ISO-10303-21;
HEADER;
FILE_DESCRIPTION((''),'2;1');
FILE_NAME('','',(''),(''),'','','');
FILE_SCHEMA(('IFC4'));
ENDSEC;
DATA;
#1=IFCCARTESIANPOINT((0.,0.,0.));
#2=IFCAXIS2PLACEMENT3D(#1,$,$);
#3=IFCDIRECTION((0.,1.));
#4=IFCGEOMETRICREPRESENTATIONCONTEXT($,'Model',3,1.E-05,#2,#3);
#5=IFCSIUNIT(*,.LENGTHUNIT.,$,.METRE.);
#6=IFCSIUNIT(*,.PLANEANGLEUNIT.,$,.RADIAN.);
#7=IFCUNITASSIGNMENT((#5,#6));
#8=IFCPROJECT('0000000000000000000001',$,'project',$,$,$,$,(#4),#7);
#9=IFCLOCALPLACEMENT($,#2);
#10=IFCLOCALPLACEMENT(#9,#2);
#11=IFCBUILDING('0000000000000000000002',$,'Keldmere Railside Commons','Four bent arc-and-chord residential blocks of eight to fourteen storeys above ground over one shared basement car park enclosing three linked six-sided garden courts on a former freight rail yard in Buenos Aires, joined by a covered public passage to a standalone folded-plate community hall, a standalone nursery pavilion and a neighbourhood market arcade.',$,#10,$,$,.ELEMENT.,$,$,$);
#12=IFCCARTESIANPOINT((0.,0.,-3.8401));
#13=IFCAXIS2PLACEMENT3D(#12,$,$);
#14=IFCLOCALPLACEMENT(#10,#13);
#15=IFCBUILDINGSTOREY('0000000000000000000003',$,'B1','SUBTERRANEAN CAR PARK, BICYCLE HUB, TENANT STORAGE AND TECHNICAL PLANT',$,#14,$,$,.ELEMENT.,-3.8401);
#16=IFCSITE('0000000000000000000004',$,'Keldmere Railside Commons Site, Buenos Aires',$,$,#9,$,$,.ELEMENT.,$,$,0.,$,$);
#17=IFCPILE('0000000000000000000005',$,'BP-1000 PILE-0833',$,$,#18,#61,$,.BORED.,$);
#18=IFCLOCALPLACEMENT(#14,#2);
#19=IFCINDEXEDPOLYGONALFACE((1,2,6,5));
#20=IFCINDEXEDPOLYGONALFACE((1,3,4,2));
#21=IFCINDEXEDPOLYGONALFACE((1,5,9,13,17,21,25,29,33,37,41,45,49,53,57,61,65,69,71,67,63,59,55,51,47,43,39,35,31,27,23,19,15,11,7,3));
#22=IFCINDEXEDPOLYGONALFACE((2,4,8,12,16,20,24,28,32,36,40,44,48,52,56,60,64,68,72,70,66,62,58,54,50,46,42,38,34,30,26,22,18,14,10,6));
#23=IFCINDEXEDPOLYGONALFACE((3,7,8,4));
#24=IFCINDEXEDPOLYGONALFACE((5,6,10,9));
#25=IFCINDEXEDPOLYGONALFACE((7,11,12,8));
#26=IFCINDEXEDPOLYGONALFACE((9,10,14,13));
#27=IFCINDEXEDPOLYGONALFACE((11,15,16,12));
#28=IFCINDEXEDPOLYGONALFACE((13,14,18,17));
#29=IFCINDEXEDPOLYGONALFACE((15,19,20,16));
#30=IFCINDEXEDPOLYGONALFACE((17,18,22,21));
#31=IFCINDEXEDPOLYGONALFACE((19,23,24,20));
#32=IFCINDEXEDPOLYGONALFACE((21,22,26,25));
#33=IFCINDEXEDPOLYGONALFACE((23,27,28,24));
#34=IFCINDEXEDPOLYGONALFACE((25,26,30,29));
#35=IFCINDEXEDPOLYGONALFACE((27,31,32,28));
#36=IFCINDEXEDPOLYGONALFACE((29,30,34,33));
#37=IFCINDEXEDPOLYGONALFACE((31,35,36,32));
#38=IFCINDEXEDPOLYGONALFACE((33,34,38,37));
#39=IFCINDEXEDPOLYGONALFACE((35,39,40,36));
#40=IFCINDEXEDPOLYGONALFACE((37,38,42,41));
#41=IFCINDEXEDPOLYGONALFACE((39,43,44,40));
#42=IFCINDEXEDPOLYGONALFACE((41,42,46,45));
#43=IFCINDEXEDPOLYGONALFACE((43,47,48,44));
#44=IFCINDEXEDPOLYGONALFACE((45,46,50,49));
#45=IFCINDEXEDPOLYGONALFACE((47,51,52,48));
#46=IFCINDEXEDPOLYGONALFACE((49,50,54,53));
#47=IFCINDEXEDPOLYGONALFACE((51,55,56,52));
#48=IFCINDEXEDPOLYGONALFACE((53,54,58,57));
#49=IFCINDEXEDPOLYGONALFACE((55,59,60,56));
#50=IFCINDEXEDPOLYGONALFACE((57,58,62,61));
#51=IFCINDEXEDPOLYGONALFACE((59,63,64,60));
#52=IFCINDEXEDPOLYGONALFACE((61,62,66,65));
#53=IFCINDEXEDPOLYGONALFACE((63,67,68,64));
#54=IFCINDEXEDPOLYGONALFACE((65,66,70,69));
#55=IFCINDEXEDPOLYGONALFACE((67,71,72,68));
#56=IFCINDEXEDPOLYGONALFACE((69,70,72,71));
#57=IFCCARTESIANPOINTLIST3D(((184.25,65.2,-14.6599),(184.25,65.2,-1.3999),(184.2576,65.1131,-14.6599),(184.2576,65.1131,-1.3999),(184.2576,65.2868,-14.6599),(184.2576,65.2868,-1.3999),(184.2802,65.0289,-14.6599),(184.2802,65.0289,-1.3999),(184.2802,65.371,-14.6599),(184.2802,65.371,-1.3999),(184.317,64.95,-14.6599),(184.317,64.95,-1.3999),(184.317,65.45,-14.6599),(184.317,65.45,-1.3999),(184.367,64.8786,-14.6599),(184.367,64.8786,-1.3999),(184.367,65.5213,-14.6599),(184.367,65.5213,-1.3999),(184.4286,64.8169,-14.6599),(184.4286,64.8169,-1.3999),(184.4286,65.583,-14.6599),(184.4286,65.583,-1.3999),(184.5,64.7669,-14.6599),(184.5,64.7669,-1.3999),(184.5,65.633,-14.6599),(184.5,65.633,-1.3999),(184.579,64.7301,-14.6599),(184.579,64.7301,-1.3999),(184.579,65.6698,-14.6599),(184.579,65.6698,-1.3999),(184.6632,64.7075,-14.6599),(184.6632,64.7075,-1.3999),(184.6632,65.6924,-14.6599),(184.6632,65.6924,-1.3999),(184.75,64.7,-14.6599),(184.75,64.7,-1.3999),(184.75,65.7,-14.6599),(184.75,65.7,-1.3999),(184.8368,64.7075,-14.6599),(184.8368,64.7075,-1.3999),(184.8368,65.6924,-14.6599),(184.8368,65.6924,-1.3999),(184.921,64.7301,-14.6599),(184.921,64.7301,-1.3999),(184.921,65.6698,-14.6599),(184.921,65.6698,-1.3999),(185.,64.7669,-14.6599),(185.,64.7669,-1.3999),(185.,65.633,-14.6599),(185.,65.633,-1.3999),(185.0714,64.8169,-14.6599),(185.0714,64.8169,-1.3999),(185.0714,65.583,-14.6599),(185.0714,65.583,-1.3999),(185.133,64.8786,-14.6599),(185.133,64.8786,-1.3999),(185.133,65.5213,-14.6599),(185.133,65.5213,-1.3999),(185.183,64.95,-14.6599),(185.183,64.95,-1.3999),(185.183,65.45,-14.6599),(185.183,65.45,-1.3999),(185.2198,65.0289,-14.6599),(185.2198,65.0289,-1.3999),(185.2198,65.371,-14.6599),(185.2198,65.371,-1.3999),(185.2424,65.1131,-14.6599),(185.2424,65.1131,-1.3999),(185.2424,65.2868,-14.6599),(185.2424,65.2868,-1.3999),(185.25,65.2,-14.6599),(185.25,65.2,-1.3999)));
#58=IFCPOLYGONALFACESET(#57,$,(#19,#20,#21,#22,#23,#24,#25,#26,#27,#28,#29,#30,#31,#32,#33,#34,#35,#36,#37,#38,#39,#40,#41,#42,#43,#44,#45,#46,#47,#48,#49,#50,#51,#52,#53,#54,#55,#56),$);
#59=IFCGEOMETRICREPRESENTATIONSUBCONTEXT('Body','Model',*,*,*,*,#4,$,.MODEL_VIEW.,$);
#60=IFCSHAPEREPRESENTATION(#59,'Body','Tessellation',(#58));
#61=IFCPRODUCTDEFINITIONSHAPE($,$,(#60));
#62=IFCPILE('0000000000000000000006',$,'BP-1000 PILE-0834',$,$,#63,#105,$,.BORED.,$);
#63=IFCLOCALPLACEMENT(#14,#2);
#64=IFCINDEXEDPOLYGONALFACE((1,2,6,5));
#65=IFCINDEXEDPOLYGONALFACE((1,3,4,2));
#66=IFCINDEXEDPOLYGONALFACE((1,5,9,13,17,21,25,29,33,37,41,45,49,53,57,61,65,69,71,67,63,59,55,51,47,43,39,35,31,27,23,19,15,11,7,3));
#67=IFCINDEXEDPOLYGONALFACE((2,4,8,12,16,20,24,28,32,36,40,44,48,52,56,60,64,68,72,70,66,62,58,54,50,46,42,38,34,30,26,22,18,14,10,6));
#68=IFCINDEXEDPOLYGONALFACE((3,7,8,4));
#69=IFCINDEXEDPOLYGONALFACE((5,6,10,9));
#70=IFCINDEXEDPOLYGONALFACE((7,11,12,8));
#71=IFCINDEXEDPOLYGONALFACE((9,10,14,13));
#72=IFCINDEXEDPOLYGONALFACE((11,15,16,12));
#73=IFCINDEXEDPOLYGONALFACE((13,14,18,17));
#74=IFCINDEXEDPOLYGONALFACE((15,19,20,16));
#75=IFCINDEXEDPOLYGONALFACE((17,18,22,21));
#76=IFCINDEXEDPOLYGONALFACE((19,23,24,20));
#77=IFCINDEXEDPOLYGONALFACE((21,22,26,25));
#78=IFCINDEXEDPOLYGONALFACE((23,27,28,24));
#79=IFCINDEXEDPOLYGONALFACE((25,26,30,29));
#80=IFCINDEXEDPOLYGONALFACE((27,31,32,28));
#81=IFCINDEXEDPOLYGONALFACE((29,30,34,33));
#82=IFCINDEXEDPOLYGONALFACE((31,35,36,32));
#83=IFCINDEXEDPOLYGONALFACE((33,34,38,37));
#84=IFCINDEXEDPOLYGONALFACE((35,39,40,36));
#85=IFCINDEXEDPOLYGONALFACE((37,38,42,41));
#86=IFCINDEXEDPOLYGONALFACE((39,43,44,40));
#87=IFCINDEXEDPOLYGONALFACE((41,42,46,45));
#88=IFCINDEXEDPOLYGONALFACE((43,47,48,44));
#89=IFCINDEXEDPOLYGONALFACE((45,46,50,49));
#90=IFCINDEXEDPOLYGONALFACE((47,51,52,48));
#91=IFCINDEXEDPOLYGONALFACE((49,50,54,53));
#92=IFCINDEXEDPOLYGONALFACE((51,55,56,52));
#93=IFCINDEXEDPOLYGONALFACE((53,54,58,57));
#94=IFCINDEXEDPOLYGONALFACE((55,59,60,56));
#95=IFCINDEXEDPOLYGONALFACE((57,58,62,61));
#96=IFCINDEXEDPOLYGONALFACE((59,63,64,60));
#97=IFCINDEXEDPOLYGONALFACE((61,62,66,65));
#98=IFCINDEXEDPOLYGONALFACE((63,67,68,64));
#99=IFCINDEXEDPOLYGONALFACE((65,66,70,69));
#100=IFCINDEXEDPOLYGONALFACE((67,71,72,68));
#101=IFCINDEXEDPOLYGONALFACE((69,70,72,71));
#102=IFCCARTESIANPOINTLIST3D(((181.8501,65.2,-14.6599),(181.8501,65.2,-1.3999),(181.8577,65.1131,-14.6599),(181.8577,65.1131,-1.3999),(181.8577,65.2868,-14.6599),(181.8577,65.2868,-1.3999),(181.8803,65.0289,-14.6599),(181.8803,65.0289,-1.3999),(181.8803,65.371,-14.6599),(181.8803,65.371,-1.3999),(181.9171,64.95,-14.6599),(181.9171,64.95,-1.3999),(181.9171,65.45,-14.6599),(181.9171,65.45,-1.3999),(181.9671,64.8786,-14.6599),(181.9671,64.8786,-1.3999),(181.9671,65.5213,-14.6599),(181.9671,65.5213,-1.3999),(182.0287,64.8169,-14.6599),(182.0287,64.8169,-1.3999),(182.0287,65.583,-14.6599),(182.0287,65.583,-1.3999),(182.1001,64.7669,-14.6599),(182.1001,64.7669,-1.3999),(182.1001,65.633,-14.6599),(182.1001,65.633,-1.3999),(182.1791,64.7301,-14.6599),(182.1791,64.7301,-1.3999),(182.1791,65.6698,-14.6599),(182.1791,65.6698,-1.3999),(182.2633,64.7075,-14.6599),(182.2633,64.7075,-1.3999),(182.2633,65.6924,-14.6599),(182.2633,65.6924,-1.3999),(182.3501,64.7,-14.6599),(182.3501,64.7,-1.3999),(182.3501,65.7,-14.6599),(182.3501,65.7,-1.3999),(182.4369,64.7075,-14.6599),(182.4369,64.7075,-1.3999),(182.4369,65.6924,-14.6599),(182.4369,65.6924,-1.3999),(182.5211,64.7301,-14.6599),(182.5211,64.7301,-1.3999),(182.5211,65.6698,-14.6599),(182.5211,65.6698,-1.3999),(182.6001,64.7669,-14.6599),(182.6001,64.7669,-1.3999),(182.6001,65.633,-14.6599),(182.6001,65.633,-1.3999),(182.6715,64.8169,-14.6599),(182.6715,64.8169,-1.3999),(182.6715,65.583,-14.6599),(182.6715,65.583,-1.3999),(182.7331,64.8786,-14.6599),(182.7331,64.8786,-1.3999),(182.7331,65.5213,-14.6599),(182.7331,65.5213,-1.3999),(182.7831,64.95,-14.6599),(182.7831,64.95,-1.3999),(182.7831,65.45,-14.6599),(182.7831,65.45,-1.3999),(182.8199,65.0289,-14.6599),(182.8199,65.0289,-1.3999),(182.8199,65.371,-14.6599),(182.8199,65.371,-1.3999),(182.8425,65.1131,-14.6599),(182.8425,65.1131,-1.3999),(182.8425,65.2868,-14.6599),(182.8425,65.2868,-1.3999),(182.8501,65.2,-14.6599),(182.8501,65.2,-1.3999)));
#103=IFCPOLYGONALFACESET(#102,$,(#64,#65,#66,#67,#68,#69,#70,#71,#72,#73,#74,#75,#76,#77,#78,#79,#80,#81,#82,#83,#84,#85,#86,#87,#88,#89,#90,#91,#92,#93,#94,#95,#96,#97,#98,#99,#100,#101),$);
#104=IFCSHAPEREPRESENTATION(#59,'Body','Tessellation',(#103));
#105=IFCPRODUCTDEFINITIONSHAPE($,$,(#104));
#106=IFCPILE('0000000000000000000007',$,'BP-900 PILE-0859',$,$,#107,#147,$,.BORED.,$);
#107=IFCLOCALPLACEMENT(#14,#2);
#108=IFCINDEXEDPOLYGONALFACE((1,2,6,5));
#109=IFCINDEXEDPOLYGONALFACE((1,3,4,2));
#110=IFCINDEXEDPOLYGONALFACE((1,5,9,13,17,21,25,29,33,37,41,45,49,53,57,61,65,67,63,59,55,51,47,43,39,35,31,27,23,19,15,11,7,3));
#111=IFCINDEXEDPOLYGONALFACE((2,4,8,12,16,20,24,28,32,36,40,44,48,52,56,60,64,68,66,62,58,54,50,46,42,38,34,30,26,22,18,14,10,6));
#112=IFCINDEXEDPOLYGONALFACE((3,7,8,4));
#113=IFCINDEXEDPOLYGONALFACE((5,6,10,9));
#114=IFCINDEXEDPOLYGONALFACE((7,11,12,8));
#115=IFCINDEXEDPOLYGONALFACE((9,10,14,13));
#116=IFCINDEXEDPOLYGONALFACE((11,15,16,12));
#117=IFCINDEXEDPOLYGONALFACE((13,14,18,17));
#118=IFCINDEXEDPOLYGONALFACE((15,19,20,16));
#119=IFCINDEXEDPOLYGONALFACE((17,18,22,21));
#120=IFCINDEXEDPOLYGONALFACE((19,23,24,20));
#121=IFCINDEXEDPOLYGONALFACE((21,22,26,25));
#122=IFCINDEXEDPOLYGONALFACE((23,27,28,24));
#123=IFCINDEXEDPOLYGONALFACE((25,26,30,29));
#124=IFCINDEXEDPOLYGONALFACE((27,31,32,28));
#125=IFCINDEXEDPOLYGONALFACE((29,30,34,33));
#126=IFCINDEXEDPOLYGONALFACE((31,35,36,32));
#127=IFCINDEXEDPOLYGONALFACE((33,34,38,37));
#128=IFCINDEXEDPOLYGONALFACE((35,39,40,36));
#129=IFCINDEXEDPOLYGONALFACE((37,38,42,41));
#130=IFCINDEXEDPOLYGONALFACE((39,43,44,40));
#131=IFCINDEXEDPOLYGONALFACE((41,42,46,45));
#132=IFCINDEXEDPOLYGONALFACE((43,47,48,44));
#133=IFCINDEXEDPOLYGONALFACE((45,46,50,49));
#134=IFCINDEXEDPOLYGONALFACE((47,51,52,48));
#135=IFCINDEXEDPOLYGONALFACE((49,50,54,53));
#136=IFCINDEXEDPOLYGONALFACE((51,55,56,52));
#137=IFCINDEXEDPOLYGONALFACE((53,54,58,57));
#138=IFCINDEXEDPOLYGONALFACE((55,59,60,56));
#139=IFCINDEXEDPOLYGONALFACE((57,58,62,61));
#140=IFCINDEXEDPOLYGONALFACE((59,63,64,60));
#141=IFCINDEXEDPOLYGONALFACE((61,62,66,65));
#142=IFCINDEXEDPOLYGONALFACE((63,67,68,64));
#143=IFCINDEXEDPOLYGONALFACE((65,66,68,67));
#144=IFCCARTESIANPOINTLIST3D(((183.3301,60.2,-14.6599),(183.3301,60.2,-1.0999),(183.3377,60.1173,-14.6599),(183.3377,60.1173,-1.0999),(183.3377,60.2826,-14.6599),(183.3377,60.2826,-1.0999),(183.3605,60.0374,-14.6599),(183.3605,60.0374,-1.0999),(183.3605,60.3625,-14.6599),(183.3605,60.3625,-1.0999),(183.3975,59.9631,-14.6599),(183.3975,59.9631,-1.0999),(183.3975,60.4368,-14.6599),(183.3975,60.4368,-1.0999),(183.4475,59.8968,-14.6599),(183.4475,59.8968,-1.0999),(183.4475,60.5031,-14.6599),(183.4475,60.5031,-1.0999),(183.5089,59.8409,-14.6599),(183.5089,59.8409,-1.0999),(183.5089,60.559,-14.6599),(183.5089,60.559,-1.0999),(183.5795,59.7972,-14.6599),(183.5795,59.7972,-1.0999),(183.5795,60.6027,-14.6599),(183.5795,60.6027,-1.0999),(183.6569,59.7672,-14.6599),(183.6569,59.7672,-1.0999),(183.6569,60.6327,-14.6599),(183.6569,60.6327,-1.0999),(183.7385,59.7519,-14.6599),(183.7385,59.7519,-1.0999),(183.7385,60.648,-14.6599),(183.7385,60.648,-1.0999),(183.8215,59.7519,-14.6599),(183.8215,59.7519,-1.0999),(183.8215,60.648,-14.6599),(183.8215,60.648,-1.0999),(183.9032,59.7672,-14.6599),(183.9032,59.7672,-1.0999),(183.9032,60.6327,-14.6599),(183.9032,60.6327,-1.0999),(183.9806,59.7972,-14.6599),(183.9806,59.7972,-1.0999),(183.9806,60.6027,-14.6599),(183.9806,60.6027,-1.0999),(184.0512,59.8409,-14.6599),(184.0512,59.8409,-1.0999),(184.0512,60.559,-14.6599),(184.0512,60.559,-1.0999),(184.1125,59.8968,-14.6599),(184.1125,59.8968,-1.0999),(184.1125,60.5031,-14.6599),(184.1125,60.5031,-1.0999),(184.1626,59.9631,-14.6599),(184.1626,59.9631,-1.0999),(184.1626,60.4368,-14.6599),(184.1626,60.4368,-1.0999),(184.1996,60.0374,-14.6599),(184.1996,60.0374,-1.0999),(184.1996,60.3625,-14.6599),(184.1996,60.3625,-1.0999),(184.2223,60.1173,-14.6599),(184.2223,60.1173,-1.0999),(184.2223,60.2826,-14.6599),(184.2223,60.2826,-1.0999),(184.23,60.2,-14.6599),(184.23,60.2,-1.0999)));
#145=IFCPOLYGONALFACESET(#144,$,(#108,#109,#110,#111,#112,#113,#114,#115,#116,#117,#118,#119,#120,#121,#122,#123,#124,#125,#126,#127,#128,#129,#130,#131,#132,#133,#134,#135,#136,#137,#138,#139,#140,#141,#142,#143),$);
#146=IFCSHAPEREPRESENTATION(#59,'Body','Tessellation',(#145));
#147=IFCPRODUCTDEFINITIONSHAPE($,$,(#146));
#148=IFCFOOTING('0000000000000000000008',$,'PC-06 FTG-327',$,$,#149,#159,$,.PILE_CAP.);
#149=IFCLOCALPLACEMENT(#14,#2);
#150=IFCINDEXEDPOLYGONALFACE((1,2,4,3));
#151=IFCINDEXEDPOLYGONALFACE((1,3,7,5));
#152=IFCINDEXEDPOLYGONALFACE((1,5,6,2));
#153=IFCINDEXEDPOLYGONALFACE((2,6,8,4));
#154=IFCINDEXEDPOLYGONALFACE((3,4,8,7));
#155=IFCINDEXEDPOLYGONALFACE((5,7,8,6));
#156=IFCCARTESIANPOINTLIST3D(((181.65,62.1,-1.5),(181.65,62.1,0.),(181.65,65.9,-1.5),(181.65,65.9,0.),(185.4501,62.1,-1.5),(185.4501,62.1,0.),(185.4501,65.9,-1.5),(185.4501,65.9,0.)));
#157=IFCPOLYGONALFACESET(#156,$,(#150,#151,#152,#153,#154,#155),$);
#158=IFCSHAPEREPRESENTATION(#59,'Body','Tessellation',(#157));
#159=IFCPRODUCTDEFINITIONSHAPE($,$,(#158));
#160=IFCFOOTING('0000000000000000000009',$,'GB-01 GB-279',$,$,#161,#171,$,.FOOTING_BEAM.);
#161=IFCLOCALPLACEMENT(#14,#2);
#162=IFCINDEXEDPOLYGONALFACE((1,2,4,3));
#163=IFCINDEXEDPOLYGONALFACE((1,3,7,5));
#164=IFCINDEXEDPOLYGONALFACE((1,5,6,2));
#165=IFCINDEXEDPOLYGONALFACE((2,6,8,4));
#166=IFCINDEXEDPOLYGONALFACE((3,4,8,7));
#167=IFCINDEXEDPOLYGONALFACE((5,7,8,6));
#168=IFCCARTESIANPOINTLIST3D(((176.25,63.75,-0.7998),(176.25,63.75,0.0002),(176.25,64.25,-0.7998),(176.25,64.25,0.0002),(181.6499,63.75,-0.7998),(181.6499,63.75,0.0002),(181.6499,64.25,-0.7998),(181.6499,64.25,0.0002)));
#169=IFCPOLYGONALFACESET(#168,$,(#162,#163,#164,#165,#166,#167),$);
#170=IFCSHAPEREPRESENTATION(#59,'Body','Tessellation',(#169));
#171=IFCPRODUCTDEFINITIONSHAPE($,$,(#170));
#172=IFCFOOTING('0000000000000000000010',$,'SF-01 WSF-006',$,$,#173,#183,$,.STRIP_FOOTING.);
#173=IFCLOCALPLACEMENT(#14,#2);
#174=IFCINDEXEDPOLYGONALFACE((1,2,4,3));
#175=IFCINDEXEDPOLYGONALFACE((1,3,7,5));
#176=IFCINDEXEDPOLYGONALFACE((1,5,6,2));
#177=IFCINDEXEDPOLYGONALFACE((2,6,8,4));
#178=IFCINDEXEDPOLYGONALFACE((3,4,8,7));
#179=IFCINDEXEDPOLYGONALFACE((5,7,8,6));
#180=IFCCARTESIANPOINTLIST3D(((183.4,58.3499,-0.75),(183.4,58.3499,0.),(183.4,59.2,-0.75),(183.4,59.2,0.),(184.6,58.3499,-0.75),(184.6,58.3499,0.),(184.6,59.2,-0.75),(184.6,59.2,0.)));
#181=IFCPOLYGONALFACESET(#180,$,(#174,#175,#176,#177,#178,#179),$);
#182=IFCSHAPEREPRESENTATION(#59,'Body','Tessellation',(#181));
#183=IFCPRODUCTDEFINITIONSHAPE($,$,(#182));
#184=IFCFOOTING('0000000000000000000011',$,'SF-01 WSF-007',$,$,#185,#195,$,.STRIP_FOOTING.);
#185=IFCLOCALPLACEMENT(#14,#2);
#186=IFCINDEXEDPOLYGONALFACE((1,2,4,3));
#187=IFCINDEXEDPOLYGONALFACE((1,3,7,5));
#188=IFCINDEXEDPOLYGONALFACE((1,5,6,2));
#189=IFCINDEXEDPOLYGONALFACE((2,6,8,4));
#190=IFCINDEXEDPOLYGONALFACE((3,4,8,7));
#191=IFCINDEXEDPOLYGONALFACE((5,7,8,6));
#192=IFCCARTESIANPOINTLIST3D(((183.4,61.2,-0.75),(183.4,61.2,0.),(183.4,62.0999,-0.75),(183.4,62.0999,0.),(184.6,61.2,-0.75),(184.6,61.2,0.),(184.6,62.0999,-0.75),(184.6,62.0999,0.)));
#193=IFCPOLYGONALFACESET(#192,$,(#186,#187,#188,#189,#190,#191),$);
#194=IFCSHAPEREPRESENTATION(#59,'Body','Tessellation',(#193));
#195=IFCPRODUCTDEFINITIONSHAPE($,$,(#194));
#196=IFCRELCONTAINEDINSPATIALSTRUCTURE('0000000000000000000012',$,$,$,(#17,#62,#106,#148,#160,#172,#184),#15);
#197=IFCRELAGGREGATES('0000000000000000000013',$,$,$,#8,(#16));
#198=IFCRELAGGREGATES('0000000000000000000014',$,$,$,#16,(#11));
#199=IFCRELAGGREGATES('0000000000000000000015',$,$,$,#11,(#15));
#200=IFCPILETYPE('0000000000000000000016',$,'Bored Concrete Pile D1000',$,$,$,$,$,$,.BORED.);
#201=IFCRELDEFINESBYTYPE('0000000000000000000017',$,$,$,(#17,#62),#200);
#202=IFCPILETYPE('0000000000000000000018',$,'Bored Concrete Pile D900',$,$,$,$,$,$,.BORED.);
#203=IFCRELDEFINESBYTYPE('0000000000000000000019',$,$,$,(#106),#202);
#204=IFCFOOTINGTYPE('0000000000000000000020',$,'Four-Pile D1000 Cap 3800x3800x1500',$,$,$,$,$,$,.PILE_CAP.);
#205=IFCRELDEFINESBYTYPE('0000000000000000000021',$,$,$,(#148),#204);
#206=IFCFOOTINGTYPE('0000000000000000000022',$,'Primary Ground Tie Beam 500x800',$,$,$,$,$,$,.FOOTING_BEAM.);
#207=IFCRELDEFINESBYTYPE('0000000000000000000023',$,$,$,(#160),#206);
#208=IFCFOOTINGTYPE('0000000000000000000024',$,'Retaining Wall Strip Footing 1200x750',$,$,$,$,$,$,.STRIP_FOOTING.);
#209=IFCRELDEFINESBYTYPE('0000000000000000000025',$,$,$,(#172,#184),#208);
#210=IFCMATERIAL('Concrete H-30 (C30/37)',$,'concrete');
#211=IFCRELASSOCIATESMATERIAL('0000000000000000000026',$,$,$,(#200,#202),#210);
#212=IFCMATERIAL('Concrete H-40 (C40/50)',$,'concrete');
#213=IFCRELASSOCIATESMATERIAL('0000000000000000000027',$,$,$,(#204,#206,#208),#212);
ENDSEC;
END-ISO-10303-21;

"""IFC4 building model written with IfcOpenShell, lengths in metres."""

from ifc_helpers import new_model, si_unit, direction, frame, origin, origin_2d, place, context, subcontext, project, spatial, rectangle, circle, extrude, material, material_profile, profile_set, type_object, element, save


model = new_model("IFC4")

# Units and contexts
model_context = context("Model", 3, precision=1e-05, world=origin(), true_north=direction((0.0, 1.0)))
body_context = subcontext(model_context, "Body", "Model", "MODEL_VIEW")
ifc_project = project(units=[si_unit("LENGTHUNIT", "METRE"), si_unit("PLANEANGLEUNIT", "RADIAN")], contexts=[model_context])

# Site, building, storey
site_placement = place(None, origin())
site = spatial("IfcSite", under=ifc_project, at=site_placement, Name="Keldmere Railside Commons Site, Buenos Aires", CompositionType="ELEMENT", RefElevation=0.0)
building_placement = place(site_placement, origin())
building = spatial("IfcBuilding", under=site, at=building_placement, Name="Keldmere Railside Commons", Description="Four bent arc-and-chord residential blocks of eight to fourteen storeys above ground over one shared basement car park enclosing three linked six-sided garden courts on a former freight rail yard in Buenos Aires, joined by a covered public passage to a standalone folded-plate community hall, a standalone nursery pavilion and a neighbourhood market arcade.", CompositionType="ELEMENT")
storey_placement = place(building_placement, frame((0.0, 0.0, -3.8401)))
storey = spatial("IfcBuildingStorey", under=building, at=storey_placement, Name="B1", Description="SUBTERRANEAN CAR PARK, BICYCLE HUB, TENANT STORAGE AND TECHNICAL PLANT", CompositionType="ELEMENT", Elevation=-3.8401)

# Piles
ifc_material_1 = material(Name="Concrete H-30 (C30/37)", Category="concrete")
ifc_material_profile_1 = material_profile(ifc_material_1, circle(Radius=0.5, at=origin_2d()), Name="PILE-D1000")
ifc_profile_set_1 = profile_set([ifc_material_profile_1], Name="Concrete H-30 (C30/37)")
pile_type_1 = type_object("IfcPileType", Name="Bored Concrete Pile D1000", PredefinedType="BORED", material=ifc_profile_set_1)
for number, where, z_axis, x_axis, name in (
    (1, (184.75, 65.2, -1.3999), (0.0, 0.0, -1.0), (1.0, 0.0, 0.0), "BP-1000 PILE-0833"),
    (2, (182.3501, 65.2, -1.3999), (0.0, 0.0, -1.0), (1.0, 0.0, 0.0), "BP-1000 PILE-0834"),
):
    element("IfcPile", number, at=place(storey_placement, frame(where, z_axis=z_axis, x_axis=x_axis)), inside=storey, type_object=pile_type_1, Name=name, PredefinedType="BORED", context=body_context, shape_type="SweptSolid", body=[
        extrude(circle(Radius=0.5, at=origin_2d()), origin(), (0.0, 0.0, 1.0), 13.26),
    ])
ifc_material_profile_2 = material_profile(ifc_material_1, circle(Radius=0.45, at=origin_2d()), Name="PILE-D900")
ifc_profile_set_2 = profile_set([ifc_material_profile_2], Name="Concrete H-30 (C30/37)")
pile_type_2 = type_object("IfcPileType", Name="Bored Concrete Pile D900", PredefinedType="BORED", material=ifc_profile_set_2)
pile_placement = place(storey_placement, frame((183.78, 60.2, -1.0999), z_axis=(0.0, 0.0, -1.0), x_axis=(1.0, 0.0, 0.0)))
element("IfcPile", 3, at=pile_placement, inside=storey, type_object=pile_type_2, Name="BP-900 PILE-0859", PredefinedType="BORED", context=body_context, shape_type="SweptSolid", body=[
    extrude(circle(Radius=0.45, at=origin_2d()), origin(), (0.0, 0.0, 1.0), 13.5601),
])

# Footings
ifc_material_2 = material(Name="Concrete H-40 (C40/50)", Category="concrete")
footing_type_1 = type_object("IfcFootingType", Name="Four-Pile D1000 Cap 3800x3800x1500", PredefinedType="PILE_CAP", material=ifc_material_2)
footing_1_placement = place(storey_placement, frame((183.55, 64.0, -1.5), z_axis=(0.0, 0.0, 1.0), x_axis=(1.0, 0.0, 0.0)))
element("IfcFooting", 4, at=footing_1_placement, inside=storey, type_object=footing_type_1, Name="PC-06 FTG-327", PredefinedType="PILE_CAP", context=body_context, shape_type="SweptSolid", body=[
    extrude(rectangle(XDim=3.8, YDim=3.8, at=origin_2d()), origin(), (0.0, 0.0, 1.0), 1.5),
])
footing_type_2 = type_object("IfcFootingType", Name="Primary Ground Tie Beam 500x800", PredefinedType="FOOTING_BEAM", material=ifc_material_2)
footing_2_placement = place(storey_placement, frame((178.95, 64.0, -0.7998), z_axis=(0.0, 0.0, 1.0), x_axis=(1.0, 0.0, 0.0)))
element("IfcFooting", 5, at=footing_2_placement, inside=storey, type_object=footing_type_2, Name="GB-01 GB-279", PredefinedType="FOOTING_BEAM", context=body_context, shape_type="SweptSolid", body=[
    extrude(rectangle(XDim=5.3999, YDim=0.5, at=origin_2d()), origin(), (0.0, 0.0, 1.0), 0.8),
])
footing_type_3 = type_object("IfcFootingType", Name="Retaining Wall Strip Footing 1200x750", PredefinedType="STRIP_FOOTING", material=ifc_material_2)
footing_3_placement = place(storey_placement, frame((184.0, 58.7749, -0.75), z_axis=(0.0, 0.0, 1.0), x_axis=(0.0, 1.0, 0.0)))
element("IfcFooting", 6, at=footing_3_placement, inside=storey, type_object=footing_type_3, Name="SF-01 WSF-006", PredefinedType="STRIP_FOOTING", context=body_context, shape_type="SweptSolid", body=[
    extrude(rectangle(XDim=0.8501, YDim=1.2, at=origin_2d()), origin(), (0.0, 0.0, 1.0), 0.75),
])
footing_4_placement = place(storey_placement, frame((184.0, 61.6499, -0.75), z_axis=(0.0, 0.0, 1.0), x_axis=(0.0, 1.0, 0.0)))
element("IfcFooting", 7, at=footing_4_placement, inside=storey, type_object=footing_type_3, Name="SF-01 WSF-007", PredefinedType="STRIP_FOOTING", context=body_context, shape_type="SweptSolid", body=[
    extrude(rectangle(XDim=0.8999, YDim=1.2, at=origin_2d()), origin(), (0.0, 0.0, 1.0), 0.75),
])

save(model, "model.ifc")
